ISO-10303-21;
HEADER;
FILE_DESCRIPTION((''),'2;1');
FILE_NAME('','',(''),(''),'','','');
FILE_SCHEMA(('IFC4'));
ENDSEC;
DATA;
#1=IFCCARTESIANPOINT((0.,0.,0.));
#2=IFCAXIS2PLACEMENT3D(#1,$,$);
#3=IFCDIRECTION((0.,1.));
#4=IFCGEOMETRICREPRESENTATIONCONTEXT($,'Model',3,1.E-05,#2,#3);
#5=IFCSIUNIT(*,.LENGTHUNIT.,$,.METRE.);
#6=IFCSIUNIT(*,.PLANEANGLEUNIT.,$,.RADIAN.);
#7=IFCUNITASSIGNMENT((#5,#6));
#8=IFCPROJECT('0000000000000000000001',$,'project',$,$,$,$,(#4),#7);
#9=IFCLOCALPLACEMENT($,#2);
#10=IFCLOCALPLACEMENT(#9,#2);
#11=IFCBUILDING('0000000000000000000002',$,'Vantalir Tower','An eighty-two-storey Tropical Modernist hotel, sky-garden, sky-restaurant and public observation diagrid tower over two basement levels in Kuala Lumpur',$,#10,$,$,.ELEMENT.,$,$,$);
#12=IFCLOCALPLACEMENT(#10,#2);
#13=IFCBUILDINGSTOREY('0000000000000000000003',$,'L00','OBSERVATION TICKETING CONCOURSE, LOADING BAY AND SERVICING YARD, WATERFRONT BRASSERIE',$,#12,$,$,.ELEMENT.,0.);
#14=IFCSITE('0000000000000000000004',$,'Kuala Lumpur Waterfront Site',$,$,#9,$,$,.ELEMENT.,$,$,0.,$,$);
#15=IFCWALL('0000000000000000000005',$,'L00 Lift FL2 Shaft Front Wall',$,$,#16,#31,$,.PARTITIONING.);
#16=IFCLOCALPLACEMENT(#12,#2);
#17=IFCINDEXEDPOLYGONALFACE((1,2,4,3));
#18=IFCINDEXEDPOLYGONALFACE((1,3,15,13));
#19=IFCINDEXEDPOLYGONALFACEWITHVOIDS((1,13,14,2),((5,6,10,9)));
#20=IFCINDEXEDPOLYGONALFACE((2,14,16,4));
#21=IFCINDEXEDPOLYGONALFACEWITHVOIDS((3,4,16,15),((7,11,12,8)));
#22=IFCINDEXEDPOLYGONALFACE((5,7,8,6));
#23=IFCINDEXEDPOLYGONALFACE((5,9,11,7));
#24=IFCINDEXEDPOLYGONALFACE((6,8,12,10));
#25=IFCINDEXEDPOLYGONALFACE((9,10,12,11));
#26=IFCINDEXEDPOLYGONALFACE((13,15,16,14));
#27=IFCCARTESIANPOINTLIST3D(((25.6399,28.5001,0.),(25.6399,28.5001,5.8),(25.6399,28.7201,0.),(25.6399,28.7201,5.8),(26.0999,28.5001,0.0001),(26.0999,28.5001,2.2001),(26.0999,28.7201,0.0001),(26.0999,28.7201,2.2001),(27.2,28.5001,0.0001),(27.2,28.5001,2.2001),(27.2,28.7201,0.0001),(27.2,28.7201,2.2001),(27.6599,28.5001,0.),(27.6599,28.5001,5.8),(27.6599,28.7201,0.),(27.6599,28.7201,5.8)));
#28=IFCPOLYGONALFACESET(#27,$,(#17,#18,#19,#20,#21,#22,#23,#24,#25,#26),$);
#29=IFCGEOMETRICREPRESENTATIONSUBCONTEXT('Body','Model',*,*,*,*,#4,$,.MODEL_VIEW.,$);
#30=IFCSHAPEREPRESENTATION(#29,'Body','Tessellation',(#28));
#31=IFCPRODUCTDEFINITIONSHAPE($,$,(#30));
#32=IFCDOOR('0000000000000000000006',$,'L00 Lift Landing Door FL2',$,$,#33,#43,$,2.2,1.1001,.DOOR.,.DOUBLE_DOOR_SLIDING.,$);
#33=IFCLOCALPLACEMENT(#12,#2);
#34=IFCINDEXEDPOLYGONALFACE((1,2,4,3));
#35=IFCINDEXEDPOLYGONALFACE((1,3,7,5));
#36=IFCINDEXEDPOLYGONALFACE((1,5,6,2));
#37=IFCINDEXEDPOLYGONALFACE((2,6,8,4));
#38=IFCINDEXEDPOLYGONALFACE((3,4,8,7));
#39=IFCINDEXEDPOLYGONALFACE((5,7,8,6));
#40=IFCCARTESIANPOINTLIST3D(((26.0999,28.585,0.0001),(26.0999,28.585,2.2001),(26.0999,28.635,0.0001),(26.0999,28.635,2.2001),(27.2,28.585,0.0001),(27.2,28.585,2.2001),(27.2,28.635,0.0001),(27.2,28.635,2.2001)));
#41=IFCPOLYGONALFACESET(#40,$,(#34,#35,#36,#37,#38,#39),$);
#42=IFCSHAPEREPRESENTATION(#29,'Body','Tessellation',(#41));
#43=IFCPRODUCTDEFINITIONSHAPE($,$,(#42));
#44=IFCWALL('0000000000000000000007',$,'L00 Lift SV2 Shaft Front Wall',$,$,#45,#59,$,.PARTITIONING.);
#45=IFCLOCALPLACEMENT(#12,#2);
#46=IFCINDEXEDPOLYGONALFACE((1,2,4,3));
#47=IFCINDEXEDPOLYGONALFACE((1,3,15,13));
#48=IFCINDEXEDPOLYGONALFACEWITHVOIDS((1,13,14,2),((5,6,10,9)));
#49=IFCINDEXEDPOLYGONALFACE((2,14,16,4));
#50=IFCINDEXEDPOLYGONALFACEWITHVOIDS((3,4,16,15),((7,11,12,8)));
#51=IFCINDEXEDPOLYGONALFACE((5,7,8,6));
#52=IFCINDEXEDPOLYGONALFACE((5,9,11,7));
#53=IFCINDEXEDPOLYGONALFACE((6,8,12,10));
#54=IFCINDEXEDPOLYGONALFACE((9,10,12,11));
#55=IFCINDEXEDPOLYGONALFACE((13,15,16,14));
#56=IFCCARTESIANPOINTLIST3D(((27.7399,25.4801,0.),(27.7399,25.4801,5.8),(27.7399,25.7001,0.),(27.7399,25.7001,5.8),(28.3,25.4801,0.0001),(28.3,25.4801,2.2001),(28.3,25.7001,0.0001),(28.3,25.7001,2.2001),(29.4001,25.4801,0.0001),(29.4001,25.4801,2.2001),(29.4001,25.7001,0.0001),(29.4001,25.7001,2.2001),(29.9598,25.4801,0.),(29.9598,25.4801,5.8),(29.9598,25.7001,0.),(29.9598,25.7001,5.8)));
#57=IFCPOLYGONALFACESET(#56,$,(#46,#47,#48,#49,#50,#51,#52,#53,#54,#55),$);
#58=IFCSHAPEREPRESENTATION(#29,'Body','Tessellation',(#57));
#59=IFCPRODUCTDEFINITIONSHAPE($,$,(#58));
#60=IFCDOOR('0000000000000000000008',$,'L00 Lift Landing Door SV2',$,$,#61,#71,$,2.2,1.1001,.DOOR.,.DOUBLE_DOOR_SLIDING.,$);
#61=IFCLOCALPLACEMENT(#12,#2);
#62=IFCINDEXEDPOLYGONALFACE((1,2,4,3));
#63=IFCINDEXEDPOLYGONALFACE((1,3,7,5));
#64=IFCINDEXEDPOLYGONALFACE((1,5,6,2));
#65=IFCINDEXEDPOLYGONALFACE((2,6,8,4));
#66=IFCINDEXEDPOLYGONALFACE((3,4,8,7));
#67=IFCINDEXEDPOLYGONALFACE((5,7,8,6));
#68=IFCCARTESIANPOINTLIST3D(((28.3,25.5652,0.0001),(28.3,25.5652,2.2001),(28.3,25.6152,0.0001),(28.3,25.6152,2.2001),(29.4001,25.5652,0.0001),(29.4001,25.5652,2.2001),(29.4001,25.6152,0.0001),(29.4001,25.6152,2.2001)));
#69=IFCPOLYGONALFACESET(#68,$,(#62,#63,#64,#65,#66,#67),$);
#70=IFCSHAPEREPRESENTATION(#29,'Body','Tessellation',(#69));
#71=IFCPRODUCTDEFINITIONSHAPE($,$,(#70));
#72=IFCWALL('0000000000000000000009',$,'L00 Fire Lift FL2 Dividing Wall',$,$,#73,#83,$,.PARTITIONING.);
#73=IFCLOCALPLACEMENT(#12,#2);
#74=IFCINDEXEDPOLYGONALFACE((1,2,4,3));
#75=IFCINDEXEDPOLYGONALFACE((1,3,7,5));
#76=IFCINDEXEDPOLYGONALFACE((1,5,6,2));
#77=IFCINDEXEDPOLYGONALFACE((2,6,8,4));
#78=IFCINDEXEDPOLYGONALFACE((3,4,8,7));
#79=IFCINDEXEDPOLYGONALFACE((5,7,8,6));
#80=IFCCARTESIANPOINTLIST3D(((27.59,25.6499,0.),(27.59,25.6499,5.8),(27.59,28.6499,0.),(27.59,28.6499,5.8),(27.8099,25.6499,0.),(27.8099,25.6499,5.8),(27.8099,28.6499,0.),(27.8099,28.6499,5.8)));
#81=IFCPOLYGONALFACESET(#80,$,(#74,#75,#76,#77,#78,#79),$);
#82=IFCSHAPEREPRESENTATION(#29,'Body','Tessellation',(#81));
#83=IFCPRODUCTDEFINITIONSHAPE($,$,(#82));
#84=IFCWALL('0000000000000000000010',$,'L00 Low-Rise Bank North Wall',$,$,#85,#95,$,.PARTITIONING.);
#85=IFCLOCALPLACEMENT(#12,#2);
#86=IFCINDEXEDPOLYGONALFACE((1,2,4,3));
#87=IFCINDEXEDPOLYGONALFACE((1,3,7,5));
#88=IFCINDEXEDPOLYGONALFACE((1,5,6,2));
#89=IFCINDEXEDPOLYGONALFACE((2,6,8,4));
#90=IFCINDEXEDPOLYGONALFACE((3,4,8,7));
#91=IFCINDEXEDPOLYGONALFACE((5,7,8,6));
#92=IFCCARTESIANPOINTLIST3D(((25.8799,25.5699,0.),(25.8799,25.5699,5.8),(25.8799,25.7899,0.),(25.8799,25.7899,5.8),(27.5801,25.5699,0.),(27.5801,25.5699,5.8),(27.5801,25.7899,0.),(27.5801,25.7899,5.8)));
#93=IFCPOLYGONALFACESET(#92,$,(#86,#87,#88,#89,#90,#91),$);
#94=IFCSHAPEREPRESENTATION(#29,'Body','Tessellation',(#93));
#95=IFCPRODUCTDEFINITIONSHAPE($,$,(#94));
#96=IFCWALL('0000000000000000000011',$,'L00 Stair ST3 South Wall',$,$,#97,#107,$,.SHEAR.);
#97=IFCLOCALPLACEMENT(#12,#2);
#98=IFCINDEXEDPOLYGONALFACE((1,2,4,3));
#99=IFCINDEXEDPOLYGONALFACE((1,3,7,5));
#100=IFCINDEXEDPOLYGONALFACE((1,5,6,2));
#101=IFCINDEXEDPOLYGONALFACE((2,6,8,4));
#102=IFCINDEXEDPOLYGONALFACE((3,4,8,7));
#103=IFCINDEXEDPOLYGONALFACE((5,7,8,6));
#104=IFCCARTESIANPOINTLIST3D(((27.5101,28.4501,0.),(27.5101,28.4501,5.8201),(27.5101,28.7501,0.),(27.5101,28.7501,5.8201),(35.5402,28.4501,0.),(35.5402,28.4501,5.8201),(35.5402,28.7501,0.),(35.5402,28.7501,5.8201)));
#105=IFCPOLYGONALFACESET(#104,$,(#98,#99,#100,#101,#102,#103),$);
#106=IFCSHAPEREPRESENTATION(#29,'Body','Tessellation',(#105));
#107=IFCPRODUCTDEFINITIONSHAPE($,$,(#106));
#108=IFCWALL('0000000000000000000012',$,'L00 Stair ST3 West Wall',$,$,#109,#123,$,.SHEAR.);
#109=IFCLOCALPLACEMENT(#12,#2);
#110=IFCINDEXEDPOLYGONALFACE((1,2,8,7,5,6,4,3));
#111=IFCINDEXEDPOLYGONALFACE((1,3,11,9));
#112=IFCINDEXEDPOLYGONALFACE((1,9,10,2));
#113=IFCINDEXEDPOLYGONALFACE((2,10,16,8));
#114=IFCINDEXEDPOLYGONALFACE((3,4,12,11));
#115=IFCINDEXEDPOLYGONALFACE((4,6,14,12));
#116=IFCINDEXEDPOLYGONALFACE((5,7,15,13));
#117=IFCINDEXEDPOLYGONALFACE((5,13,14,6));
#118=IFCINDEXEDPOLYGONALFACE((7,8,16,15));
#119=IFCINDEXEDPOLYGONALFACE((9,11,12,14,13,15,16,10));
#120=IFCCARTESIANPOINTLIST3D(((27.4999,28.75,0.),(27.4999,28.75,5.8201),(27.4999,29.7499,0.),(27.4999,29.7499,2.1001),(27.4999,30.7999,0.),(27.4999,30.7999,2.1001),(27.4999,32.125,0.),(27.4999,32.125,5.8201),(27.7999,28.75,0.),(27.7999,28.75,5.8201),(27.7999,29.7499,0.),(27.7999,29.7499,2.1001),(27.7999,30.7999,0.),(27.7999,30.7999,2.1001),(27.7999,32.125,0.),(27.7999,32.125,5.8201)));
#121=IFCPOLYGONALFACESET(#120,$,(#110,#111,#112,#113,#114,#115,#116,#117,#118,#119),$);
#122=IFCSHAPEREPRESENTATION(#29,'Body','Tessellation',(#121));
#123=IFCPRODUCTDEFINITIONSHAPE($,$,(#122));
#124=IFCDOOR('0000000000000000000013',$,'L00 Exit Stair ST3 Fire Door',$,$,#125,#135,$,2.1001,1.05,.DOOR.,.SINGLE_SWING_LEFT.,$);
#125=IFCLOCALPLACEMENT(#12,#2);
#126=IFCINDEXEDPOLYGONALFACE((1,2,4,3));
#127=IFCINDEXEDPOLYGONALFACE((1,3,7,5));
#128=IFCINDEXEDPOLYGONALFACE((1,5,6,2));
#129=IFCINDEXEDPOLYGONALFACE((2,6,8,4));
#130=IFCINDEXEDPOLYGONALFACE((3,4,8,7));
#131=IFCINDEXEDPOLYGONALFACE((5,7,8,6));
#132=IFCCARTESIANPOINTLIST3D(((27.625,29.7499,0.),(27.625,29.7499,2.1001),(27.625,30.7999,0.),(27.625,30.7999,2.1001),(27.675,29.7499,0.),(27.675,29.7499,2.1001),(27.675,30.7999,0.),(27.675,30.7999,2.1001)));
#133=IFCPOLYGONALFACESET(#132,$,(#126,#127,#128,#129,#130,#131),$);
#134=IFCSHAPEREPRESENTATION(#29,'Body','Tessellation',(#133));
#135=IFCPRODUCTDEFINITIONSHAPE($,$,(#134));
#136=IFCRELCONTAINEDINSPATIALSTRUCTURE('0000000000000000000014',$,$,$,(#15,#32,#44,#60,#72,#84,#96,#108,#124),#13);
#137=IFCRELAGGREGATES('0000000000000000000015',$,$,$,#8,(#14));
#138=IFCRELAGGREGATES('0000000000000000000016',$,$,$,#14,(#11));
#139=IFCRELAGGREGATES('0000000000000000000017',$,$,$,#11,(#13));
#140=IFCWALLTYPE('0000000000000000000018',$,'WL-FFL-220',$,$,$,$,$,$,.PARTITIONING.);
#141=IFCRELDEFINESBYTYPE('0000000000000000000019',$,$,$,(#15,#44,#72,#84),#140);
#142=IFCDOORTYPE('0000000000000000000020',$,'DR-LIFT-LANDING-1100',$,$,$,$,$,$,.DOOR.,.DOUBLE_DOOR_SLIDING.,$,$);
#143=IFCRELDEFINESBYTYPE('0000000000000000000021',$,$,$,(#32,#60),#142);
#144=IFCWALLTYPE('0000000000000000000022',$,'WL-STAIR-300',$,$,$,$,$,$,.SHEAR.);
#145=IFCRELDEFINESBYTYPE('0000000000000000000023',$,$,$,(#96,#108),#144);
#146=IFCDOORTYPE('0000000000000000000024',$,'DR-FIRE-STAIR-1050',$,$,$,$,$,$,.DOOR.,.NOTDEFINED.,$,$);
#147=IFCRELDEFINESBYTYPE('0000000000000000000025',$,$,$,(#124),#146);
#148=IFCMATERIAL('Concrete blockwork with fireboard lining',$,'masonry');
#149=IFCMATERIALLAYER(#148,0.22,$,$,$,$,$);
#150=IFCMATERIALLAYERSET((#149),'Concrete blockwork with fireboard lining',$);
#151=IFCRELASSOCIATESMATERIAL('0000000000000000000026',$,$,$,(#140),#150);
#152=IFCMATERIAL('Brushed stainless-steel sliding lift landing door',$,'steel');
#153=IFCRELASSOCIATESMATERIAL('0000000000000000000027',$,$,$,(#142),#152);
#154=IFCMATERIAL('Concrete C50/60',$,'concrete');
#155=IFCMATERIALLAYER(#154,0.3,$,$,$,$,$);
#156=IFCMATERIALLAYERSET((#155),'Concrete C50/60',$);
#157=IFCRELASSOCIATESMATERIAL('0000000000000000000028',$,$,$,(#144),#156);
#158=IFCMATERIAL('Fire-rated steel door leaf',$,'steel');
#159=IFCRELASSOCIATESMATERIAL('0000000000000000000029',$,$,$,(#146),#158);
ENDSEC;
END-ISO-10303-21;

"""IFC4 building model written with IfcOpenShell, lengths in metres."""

from ifc_helpers import new_model, si_unit, direction, frame, frame_2d, origin, place, context, subcontext, project, spatial, rectangle, extrude, material, layer, layer_set, type_object, element, fill, save


model = new_model("IFC4")

# Units and contexts
model_context = context("Model", 3, precision=1e-05, world=origin(), true_north=direction((0.0, 1.0)))
body_context = subcontext(model_context, "Body", "Model", "MODEL_VIEW")
ifc_project = project(units=[si_unit("LENGTHUNIT", "METRE"), si_unit("PLANEANGLEUNIT", "RADIAN")], contexts=[model_context])

# Site, building, storey
site_placement = place(None, origin())
site = spatial("IfcSite", under=ifc_project, at=site_placement, Name="Kuala Lumpur Waterfront Site", CompositionType="ELEMENT", RefElevation=0.0)
building_placement = place(site_placement, origin())
building = spatial("IfcBuilding", under=site, at=building_placement, Name="Vantalir Tower", Description="An eighty-two-storey Tropical Modernist hotel, sky-garden, sky-restaurant and public observation diagrid tower over two basement levels in Kuala Lumpur", CompositionType="ELEMENT")
storey_placement = place(building_placement, origin())
storey = spatial("IfcBuildingStorey", under=building, at=storey_placement, Name="L00", Description="OBSERVATION TICKETING CONCOURSE, LOADING BAY AND SERVICING YARD, WATERFRONT BRASSERIE", CompositionType="ELEMENT", Elevation=0.0)

# Walls, openings, doors
ifc_material_1 = material(Name="Concrete blockwork with fireboard lining", Category="masonry")
ifc_layer_1 = layer(ifc_material_1, 0.22)
ifc_layer_set_1 = layer_set([ifc_layer_1], Name="Concrete blockwork with fireboard lining")
wall_type_1 = type_object("IfcWallType", Name="WL-FFL-220", PredefinedType="PARTITIONING", material=ifc_layer_set_1)
wall_1_placement = place(storey_placement, frame((25.6399, 28.6101, 0.0), z_axis=(0.0, 0.0, 1.0), x_axis=(1.0, 0.0, 0.0)))
wall_1 = element("IfcWall", 1, at=wall_1_placement, inside=storey, type_object=wall_type_1, Name="L00 Lift FL2 Shaft Front Wall", PredefinedType="PARTITIONING", context=body_context, shape_type="SweptSolid", body=[
    extrude(rectangle(XDim=2.02, YDim=0.22, at=frame_2d((1.01, 0.0))), origin(), (0.0, 0.0, 1.0), 5.8),
])
opening_1_placement = place(wall_1_placement, frame((0.46, 0.0, 0.0)))
opening_1 = element("IfcOpeningElement", 2, at=opening_1_placement, cuts=wall_1, PredefinedType="OPENING", context=body_context, shape_type="SweptSolid", body=[
    extrude(rectangle(XDim=1.1001, YDim=2.2, at=frame_2d((0.55, 1.1001))), frame((0.0, 0.1199, 0.0), z_axis=(0.0, -1.0, 0.0), x_axis=(1.0, 0.0, 0.0)), (0.0, 0.0, 1.0), 0.24),
])
ifc_material_2 = material(Name="Brushed stainless-steel sliding lift landing door", Category="steel")
door_type_1 = type_object("IfcDoorType", Name="DR-LIFT-LANDING-1100", OperationType="DOUBLE_DOOR_SLIDING", PredefinedType="DOOR", material=ifc_material_2)
door_1_placement = place(opening_1_placement, origin())
door_1 = element("IfcDoor", 3, at=door_1_placement, inside=storey, type_object=door_type_1, Name="L00 Lift Landing Door FL2", OperationType="DOUBLE_DOOR_SLIDING", OverallHeight=2.2, OverallWidth=1.1001, PredefinedType="DOOR", context=body_context, shape_type="SweptSolid", body=[
    extrude(rectangle(XDim=1.1001, YDim=2.2, at=frame_2d((0.55, 1.1001))), frame((0.0, 0.0249, 0.0), z_axis=(0.0, -1.0, 0.0), x_axis=(1.0, 0.0, 0.0)), (0.0, 0.0, 1.0), 0.05),
])
fill(opening_1, door_1)
wall_2_placement = place(storey_placement, frame((27.74, 25.5901, 0.0), z_axis=(0.0, 0.0, 1.0), x_axis=(1.0, 0.0, 0.0)))
wall_2 = element("IfcWall", 4, at=wall_2_placement, inside=storey, type_object=wall_type_1, Name="L00 Lift SV2 Shaft Front Wall", PredefinedType="PARTITIONING", context=body_context, shape_type="SweptSolid", body=[
    extrude(rectangle(XDim=2.22, YDim=0.22, at=frame_2d((1.1099, 0.0))), origin(), (0.0, 0.0, 1.0), 5.8),
])
opening_2_placement = place(wall_2_placement, frame((0.5601, 0.0, 0.0)))
opening_2 = element("IfcOpeningElement", 5, at=opening_2_placement, cuts=wall_2, PredefinedType="OPENING", context=body_context, shape_type="SweptSolid", body=[
    extrude(rectangle(XDim=1.1001, YDim=2.2, at=frame_2d((0.55, 1.1001))), frame((0.0, 0.1199, 0.0), z_axis=(0.0, -1.0, 0.0), x_axis=(1.0, 0.0, 0.0)), (0.0, 0.0, 1.0), 0.24),
])
door_2_placement = place(opening_2_placement, frame((1.1001, 0.0, 0.0), z_axis=(0.0, 0.0, 1.0), x_axis=(-1.0, 0.0, 0.0)))
door_2 = element("IfcDoor", 6, at=door_2_placement, inside=storey, type_object=door_type_1, Name="L00 Lift Landing Door SV2", OperationType="DOUBLE_DOOR_SLIDING", OverallHeight=2.2, OverallWidth=1.1001, PredefinedType="DOOR", context=body_context, shape_type="SweptSolid", body=[
    extrude(rectangle(XDim=1.1001, YDim=2.2, at=frame_2d((0.55, 1.1001))), frame((0.0, 0.0249, 0.0), z_axis=(0.0, -1.0, 0.0), x_axis=(1.0, 0.0, 0.0)), (0.0, 0.0, 1.0), 0.05),
])
fill(opening_2, door_2)

# Walls
wall_3_placement = place(storey_placement, frame((27.7, 25.6499, 0.0), z_axis=(0.0, 0.0, 1.0), x_axis=(0.0, 1.0, 0.0)))
element("IfcWall", 7, at=wall_3_placement, inside=storey, type_object=wall_type_1, Name="L00 Fire Lift FL2 Dividing Wall", PredefinedType="PARTITIONING", context=body_context, shape_type="SweptSolid", body=[
    extrude(rectangle(XDim=3.0, YDim=0.22, at=frame_2d((1.5, 0.0))), origin(), (0.0, 0.0, 1.0), 5.8),
])
wall_4_placement = place(storey_placement, frame((25.8799, 25.6799, 0.0), z_axis=(0.0, 0.0, 1.0), x_axis=(1.0, 0.0, 0.0)))
element("IfcWall", 8, at=wall_4_placement, inside=storey, type_object=wall_type_1, Name="L00 Low-Rise Bank North Wall", PredefinedType="PARTITIONING", context=body_context, shape_type="SweptSolid", body=[
    extrude(rectangle(XDim=1.7002, YDim=0.22, at=frame_2d((0.8501, 0.0))), origin(), (0.0, 0.0, 1.0), 5.8),
])
ifc_material_3 = material(Name="Concrete C50/60", Category="concrete")
ifc_layer_2 = layer(ifc_material_3, 0.3)
ifc_layer_set_2 = layer_set([ifc_layer_2], Name="Concrete C50/60")
wall_type_2 = type_object("IfcWallType", Name="WL-STAIR-300", PredefinedType="SHEAR", material=ifc_layer_set_2)
wall_5_placement = place(storey_placement, frame((27.51, 28.6001, 0.0), z_axis=(0.0, 0.0, 1.0), x_axis=(1.0, 0.0, 0.0)))
element("IfcWall", 9, at=wall_5_placement, inside=storey, type_object=wall_type_2, Name="L00 Stair ST3 South Wall", PredefinedType="SHEAR", context=body_context, shape_type="SweptSolid", body=[
    extrude(rectangle(XDim=8.03, YDim=0.3, at=frame_2d((4.0151, 0.0))), origin(), (0.0, 0.0, 1.0), 5.8201),
])

# Wall, opening, door
wall_6_placement = place(storey_placement, frame((27.6499, 28.75, 0.0), z_axis=(0.0, 0.0, 1.0), x_axis=(0.0, 1.0, 0.0)))
wall_6 = element("IfcWall", 10, at=wall_6_placement, inside=storey, type_object=wall_type_2, Name="L00 Stair ST3 West Wall", PredefinedType="SHEAR", context=body_context, shape_type="SweptSolid", body=[
    extrude(rectangle(XDim=3.375, YDim=0.3, at=frame_2d((1.6875, 0.0))), origin(), (0.0, 0.0, 1.0), 5.8201),
])
opening_3_placement = place(wall_6_placement, frame((1.0, 0.0, 0.0)))
opening_3 = element("IfcOpeningElement", 11, at=opening_3_placement, cuts=wall_6, PredefinedType="OPENING", context=body_context, shape_type="SweptSolid", body=[
    extrude(rectangle(XDim=1.05, YDim=2.1001, at=frame_2d((0.5249, 1.05))), frame((0.0, 0.1599, 0.0), z_axis=(0.0, -1.0, 0.0), x_axis=(1.0, 0.0, 0.0)), (0.0, 0.0, 1.0), 0.3201),
])
ifc_material_4 = material(Name="Fire-rated steel door leaf", Category="steel")
door_type_2 = type_object("IfcDoorType", Name="DR-FIRE-STAIR-1050", OperationType="NOTDEFINED", PredefinedType="DOOR", material=ifc_material_4)
door_3_placement = place(opening_3_placement, origin())
door_3 = element("IfcDoor", 12, at=door_3_placement, inside=storey, type_object=door_type_2, Name="L00 Exit Stair ST3 Fire Door", OperationType="SINGLE_SWING_LEFT", OverallHeight=2.1001, OverallWidth=1.05, PredefinedType="DOOR", context=body_context, shape_type="SweptSolid", body=[
    extrude(rectangle(XDim=1.05, YDim=2.1001, at=frame_2d((0.5249, 1.05))), frame((0.0, 0.0249, 0.0), z_axis=(0.0, -1.0, 0.0), x_axis=(1.0, 0.0, 0.0)), (0.0, 0.0, 1.0), 0.05),
])
fill(opening_3, door_3)

save(model, "model.ifc")
